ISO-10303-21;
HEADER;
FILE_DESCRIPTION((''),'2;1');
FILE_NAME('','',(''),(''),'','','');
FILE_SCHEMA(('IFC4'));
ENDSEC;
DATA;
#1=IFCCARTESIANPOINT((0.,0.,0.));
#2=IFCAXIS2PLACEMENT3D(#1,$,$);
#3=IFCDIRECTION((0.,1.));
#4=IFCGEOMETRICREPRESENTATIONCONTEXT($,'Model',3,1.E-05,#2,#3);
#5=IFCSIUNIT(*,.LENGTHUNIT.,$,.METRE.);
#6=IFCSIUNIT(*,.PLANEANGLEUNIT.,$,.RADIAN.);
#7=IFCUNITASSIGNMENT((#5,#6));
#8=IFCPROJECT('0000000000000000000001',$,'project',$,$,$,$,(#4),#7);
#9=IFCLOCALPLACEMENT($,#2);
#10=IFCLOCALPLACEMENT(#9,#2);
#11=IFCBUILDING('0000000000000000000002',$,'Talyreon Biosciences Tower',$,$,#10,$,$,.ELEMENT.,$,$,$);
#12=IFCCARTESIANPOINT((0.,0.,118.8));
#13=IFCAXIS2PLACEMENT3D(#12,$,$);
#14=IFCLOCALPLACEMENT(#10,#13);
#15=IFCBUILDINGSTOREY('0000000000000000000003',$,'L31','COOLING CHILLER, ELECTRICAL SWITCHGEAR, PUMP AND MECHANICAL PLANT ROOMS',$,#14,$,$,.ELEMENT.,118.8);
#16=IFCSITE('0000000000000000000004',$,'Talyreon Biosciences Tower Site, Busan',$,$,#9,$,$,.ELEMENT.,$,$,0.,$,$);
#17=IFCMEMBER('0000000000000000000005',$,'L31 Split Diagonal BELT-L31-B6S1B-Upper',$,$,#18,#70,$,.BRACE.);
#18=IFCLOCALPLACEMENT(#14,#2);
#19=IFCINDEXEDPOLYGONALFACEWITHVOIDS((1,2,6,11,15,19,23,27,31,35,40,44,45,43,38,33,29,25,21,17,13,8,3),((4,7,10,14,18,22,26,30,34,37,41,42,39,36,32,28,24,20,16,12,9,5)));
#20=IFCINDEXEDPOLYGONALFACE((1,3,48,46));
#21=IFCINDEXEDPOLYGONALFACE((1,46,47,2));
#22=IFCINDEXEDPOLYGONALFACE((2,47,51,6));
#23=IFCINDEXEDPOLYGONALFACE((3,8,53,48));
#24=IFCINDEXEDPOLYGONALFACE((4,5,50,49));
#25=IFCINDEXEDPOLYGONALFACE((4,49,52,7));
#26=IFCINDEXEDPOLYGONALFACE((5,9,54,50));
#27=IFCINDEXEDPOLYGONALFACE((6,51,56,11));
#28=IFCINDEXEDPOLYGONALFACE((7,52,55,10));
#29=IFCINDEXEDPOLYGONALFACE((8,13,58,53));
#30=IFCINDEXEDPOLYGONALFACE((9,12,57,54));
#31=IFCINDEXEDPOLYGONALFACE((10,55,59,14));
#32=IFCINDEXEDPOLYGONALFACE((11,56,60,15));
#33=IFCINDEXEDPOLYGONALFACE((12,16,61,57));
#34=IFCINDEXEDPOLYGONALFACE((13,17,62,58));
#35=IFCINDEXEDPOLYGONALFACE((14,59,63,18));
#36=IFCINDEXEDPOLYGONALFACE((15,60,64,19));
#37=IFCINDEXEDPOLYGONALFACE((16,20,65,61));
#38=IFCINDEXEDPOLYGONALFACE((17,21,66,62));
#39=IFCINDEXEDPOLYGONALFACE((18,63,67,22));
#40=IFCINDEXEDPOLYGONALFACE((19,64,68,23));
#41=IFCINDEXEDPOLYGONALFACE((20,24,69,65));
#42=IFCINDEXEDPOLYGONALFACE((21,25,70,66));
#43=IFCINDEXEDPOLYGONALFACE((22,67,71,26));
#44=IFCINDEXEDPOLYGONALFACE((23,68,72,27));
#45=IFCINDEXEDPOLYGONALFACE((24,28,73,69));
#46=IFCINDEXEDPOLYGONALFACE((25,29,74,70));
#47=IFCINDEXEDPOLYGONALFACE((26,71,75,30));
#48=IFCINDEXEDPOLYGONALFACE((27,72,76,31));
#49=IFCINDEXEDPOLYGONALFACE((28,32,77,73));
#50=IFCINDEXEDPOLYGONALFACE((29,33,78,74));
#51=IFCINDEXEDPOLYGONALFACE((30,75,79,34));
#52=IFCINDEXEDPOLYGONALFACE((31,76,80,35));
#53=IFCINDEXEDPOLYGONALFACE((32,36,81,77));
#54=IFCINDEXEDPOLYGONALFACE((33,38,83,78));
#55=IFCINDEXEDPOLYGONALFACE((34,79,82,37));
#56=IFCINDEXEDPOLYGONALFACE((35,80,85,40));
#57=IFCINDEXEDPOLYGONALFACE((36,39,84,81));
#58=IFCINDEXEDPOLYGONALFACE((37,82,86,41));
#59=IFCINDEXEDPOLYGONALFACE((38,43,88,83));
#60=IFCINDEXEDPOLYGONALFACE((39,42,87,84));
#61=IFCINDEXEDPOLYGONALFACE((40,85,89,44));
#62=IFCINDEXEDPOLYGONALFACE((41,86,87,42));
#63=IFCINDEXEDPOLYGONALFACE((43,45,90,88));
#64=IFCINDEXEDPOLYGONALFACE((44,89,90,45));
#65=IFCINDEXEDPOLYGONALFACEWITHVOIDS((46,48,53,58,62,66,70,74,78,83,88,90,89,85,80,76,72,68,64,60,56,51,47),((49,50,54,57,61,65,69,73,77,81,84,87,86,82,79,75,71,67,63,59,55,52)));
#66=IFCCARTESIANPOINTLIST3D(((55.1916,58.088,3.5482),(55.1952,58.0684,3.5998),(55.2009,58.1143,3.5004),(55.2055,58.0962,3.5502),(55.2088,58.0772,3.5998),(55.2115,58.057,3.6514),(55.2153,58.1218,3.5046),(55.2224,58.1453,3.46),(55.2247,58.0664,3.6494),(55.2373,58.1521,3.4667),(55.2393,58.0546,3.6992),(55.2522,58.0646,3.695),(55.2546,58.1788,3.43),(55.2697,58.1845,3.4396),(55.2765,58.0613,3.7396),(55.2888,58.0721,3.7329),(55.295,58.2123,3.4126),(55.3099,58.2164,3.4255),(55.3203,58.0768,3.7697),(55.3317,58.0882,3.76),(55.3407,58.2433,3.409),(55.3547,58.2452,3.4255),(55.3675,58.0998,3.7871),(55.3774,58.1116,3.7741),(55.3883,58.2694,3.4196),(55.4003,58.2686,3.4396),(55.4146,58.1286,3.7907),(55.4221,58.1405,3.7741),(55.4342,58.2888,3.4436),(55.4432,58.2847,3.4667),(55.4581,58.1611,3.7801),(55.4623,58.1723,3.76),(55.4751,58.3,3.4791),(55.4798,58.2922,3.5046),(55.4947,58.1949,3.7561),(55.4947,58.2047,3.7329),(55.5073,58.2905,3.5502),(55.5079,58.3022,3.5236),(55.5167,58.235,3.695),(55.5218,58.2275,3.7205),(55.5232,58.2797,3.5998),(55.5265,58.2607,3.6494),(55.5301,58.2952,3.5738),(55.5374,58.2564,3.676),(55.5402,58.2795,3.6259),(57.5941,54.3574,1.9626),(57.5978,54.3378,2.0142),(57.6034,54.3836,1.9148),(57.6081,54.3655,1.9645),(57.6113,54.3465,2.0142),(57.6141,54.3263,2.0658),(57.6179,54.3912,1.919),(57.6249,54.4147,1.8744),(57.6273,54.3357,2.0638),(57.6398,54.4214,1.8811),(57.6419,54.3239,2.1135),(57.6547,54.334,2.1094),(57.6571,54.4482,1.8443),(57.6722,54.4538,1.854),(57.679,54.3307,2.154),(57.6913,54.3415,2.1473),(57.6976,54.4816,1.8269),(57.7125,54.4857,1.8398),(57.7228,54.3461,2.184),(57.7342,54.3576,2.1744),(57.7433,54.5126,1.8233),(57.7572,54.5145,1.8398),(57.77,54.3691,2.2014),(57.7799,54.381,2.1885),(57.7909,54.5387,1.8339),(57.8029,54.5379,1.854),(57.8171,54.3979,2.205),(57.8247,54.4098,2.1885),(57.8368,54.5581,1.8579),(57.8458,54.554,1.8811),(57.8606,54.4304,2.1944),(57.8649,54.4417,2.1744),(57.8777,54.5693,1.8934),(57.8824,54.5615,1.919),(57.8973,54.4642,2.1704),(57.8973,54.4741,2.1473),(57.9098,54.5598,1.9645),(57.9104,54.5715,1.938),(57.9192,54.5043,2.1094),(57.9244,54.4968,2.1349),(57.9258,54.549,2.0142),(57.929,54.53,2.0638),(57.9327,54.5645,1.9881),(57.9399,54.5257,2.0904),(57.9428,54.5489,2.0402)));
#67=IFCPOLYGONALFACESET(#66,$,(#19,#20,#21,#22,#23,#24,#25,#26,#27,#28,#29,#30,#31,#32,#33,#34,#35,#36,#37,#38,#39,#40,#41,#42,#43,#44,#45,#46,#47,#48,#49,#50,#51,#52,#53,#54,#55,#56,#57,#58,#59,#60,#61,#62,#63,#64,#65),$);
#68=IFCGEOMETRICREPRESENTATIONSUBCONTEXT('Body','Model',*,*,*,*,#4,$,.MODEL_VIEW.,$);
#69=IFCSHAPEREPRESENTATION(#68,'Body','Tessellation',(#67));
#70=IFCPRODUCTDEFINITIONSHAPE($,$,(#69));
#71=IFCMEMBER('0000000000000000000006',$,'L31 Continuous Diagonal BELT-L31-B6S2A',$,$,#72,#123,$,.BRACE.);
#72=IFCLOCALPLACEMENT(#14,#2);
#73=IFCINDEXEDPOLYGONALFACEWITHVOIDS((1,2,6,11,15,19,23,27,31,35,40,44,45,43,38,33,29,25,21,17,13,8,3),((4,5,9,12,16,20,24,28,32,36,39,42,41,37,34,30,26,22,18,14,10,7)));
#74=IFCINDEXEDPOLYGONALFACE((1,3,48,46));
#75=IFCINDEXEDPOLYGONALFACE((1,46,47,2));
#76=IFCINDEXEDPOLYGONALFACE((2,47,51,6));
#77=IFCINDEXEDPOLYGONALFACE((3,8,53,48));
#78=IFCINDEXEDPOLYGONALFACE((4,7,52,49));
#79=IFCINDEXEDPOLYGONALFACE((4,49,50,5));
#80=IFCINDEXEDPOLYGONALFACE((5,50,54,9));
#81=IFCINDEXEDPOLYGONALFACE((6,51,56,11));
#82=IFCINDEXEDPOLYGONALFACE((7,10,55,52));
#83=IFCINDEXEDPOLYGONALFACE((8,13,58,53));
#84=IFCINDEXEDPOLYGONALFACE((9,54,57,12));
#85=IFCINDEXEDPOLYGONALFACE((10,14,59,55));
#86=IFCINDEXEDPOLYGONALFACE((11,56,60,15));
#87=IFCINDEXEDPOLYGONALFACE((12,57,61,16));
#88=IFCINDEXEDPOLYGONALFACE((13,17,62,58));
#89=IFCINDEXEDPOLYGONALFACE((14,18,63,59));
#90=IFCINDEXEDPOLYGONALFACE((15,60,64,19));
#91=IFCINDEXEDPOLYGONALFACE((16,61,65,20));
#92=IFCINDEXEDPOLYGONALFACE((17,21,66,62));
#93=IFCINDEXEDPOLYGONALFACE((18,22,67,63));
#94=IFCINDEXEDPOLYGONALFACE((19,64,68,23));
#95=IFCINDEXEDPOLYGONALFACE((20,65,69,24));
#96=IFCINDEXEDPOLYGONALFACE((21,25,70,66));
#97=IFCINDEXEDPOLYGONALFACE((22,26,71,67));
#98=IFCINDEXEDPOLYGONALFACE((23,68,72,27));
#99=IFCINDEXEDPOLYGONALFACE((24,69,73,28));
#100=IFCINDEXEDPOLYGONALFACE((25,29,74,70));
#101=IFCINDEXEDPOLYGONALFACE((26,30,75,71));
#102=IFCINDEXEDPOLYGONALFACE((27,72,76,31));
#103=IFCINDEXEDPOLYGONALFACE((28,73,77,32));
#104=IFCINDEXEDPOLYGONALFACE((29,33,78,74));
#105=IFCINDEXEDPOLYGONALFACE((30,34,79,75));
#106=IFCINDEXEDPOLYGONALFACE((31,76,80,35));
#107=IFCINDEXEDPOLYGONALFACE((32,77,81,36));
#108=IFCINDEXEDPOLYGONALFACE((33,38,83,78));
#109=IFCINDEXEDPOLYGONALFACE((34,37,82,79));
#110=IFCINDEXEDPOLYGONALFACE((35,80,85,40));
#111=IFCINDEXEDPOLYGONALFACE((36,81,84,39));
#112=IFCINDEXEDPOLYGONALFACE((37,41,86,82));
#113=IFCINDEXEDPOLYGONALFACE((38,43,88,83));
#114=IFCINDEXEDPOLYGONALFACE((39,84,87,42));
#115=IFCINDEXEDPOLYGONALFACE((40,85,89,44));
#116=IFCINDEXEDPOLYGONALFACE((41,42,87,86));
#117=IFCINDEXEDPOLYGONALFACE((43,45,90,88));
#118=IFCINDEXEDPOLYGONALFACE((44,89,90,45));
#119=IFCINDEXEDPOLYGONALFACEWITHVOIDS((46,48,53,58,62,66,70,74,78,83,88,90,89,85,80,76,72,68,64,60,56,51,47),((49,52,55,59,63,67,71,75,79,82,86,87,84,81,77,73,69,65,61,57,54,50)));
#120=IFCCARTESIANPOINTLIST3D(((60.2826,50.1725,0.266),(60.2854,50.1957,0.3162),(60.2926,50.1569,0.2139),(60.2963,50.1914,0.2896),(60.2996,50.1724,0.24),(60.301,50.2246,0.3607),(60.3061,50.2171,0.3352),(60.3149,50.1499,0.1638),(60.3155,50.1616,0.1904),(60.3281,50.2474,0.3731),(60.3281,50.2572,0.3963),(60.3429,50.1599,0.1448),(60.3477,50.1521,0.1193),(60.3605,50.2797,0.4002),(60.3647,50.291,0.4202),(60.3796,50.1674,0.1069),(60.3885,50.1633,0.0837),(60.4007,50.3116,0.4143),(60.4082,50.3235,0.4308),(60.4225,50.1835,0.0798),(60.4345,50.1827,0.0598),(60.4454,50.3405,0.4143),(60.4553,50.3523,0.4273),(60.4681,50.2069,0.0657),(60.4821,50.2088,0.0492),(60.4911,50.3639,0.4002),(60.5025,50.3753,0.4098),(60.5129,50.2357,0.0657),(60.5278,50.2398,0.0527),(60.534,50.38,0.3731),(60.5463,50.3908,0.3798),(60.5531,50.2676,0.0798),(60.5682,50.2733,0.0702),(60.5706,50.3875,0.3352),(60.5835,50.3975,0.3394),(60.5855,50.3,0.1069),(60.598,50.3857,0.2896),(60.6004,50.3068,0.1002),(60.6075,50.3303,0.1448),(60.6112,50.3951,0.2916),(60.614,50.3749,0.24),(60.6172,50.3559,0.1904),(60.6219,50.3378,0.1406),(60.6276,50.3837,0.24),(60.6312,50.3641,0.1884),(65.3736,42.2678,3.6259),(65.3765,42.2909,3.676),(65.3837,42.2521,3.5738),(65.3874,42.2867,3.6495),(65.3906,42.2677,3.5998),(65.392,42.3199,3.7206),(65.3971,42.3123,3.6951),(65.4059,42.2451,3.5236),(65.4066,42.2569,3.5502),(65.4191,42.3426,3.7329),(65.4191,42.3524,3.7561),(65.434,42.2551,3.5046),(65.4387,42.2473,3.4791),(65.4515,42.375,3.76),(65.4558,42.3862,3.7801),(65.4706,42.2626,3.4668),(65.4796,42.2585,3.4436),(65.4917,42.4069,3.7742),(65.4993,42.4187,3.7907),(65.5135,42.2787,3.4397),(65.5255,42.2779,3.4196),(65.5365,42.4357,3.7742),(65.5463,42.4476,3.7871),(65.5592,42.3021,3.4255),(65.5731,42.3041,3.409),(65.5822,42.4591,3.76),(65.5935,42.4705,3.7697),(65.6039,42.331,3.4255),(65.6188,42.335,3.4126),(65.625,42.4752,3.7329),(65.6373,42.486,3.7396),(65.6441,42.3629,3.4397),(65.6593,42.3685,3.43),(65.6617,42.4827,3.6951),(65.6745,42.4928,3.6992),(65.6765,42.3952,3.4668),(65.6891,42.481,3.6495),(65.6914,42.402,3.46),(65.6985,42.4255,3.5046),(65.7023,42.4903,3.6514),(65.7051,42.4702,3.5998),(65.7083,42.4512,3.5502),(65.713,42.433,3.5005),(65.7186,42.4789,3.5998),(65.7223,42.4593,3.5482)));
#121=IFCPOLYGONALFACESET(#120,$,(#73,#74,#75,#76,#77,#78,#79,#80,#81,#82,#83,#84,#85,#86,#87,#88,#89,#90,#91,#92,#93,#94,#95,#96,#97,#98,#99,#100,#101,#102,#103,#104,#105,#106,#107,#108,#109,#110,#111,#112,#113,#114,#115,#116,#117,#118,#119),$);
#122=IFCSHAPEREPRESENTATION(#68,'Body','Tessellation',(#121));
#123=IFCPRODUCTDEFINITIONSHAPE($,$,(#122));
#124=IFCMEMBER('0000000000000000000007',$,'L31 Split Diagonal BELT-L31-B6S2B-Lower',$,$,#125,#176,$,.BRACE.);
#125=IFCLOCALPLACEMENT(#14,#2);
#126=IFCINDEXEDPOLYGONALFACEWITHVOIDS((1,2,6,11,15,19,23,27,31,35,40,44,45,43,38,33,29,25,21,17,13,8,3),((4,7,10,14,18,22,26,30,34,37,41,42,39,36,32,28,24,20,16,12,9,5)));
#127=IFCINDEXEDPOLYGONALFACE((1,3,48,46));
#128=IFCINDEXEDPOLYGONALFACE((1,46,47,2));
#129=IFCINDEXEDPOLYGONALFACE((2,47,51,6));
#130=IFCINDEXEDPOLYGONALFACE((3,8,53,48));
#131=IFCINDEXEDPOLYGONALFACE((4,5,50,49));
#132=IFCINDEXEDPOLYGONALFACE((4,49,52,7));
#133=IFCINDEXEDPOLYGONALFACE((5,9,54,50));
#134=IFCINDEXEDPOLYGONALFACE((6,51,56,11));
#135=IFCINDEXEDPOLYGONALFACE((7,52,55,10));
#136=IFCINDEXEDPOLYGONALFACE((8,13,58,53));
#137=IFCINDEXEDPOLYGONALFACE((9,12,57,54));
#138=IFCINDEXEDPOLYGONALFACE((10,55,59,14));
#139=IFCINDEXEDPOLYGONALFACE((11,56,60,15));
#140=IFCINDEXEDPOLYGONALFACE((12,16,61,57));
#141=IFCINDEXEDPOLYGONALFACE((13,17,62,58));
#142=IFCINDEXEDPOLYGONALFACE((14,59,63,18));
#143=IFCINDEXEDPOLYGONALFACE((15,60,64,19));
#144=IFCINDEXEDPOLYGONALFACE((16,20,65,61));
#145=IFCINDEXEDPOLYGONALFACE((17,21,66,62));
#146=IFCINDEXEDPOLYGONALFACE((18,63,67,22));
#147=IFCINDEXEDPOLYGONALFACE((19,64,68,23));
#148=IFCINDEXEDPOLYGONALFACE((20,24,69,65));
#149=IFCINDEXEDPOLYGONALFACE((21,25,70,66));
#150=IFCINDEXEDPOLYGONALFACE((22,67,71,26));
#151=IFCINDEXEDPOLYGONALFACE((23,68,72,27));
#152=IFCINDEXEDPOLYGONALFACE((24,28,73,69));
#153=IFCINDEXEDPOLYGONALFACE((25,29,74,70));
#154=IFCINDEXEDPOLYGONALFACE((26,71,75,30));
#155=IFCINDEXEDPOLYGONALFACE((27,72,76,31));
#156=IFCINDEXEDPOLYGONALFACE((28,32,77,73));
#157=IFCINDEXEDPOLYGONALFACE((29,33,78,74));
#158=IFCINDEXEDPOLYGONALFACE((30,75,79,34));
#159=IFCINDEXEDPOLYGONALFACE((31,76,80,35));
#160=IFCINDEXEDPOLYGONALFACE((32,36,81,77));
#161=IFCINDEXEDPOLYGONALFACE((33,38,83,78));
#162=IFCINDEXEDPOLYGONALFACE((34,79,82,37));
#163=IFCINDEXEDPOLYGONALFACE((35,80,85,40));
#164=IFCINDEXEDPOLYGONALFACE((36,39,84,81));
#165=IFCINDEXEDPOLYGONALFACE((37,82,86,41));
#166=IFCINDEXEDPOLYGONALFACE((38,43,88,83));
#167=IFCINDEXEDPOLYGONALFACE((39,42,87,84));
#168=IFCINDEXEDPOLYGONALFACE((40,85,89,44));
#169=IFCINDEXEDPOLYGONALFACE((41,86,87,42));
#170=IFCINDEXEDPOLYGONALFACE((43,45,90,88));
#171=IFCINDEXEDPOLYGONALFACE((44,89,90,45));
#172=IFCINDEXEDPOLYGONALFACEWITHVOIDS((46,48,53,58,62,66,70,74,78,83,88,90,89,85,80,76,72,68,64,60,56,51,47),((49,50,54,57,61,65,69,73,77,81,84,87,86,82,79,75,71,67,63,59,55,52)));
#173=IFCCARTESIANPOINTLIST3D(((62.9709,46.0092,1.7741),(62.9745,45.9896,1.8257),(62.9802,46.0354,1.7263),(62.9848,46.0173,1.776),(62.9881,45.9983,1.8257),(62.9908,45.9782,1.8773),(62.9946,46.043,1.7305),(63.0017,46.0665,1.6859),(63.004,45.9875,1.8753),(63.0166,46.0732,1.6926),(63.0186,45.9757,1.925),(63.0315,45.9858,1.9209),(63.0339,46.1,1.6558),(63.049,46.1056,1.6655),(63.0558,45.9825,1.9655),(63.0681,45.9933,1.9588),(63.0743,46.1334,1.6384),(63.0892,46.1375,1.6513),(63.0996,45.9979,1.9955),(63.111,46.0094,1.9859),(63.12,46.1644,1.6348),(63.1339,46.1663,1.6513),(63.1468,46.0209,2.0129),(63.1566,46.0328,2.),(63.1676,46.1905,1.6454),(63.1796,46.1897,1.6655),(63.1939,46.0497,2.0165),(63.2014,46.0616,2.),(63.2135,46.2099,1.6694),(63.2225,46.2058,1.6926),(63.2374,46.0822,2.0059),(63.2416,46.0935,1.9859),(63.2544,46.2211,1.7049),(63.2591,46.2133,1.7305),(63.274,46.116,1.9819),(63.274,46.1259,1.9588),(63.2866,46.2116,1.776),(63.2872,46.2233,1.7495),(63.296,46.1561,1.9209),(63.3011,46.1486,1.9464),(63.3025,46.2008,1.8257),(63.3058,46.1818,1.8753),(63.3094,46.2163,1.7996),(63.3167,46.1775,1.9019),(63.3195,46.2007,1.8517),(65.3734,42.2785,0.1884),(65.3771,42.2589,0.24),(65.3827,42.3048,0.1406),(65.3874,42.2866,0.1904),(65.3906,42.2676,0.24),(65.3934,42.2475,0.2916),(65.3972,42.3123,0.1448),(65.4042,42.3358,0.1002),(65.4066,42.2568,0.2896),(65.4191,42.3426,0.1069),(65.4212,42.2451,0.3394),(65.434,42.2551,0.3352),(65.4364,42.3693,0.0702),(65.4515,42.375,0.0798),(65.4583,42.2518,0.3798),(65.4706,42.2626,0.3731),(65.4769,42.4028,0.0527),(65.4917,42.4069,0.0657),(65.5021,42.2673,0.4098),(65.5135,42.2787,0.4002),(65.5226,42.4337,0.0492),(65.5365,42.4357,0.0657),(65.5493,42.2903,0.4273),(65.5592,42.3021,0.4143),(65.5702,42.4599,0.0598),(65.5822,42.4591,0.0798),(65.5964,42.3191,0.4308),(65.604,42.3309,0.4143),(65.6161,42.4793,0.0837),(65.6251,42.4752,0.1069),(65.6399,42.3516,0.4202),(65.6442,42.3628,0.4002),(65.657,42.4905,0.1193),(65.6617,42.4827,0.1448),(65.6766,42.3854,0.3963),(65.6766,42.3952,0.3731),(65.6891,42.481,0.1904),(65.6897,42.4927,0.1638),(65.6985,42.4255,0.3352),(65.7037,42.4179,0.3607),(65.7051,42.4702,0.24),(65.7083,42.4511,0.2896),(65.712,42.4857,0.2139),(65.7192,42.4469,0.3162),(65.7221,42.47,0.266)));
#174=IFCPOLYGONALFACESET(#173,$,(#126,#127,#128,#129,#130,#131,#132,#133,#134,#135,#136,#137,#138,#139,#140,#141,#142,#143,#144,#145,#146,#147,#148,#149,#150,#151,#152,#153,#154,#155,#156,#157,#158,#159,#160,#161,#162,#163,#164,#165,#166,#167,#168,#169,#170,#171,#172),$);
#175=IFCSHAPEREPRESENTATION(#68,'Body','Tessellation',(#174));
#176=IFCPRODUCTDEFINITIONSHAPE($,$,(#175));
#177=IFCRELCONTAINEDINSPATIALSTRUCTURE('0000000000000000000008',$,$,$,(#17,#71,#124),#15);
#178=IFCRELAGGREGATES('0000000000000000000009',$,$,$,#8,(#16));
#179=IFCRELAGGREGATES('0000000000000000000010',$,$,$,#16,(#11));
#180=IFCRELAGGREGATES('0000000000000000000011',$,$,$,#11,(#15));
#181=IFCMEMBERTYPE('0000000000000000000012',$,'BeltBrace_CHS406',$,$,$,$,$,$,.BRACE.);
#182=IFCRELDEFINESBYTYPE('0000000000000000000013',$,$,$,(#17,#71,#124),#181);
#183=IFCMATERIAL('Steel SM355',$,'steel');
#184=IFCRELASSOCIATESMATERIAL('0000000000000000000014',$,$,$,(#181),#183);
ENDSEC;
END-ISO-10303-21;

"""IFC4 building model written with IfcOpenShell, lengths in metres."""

from ifc_helpers import new_model, si_unit, direction, frame, origin, origin_2d, place, context, subcontext, project, spatial, hollow_circle, extrude, material, material_profile, profile_set, type_object, element, save


model = new_model("IFC4")

# Units and contexts
model_context = context("Model", 3, precision=1e-05, world=origin(), true_north=direction((0.0, 1.0)))
body_context = subcontext(model_context, "Body", "Model", "MODEL_VIEW")
ifc_project = project(units=[si_unit("LENGTHUNIT", "METRE"), si_unit("PLANEANGLEUNIT", "RADIAN")], contexts=[model_context])

# Site, building, storey
site_placement = place(None, origin())
site = spatial("IfcSite", under=ifc_project, at=site_placement, Name="Talyreon Biosciences Tower Site, Busan", CompositionType="ELEMENT", RefElevation=0.0)
building_placement = place(site_placement, origin())
building = spatial("IfcBuilding", under=site, at=building_placement, Name="Talyreon Biosciences Tower", CompositionType="ELEMENT")
storey_placement = place(building_placement, frame((0.0, 0.0, 118.8)))
storey = spatial("IfcBuildingStorey", under=building, at=storey_placement, Name="L31", Description="COOLING CHILLER, ELECTRICAL SWITCHGEAR, PUMP AND MECHANICAL PLANT ROOMS", CompositionType="ELEMENT", Elevation=118.8)

# Members
ifc_material_1 = material(Name="Steel SM355", Category="steel")
ifc_material_profile_1 = material_profile(ifc_material_1, hollow_circle(Radius=0.2031, WallThickness=0.0161, at=origin_2d()), Name="CHS 406.4x16")
ifc_profile_set_1 = profile_set([ifc_material_profile_1], Name="Steel SM355")
member_type_1 = type_object("IfcMemberType", Name="BeltBrace_CHS406", PredefinedType="BRACE", material=ifc_profile_set_1)
for number, where, z_axis, x_axis, name in (
    (1, (57.7686, 54.4478, 2.0142), (-0.509863, 0.791709, 0.336506), (-0.84074, -0.541439, 0.0), "L31 Split Diagonal BELT-L31-B6S1B-Upper"),
):
    element("IfcMember", number, at=place(storey_placement, frame(where, z_axis=z_axis, x_axis=x_axis)), inside=storey, type_object=member_type_1, Name=name, PredefinedType="BRACE", context=body_context, shape_type="SweptSolid", body=[
        extrude(hollow_circle(Radius=0.2031, WallThickness=0.0161, at=origin_2d()), origin(), (0.0, 0.0, 1.0), 4.7122),
    ])
member_1_placement = place(storey_placement, frame((60.4568, 50.2737, 0.24), z_axis=(0.509889, -0.791694, 0.336503), x_axis=(0.840723, 0.541466, 0.0)))
element("IfcMember", 2, at=member_1_placement, inside=storey, type_object=member_type_1, Name="L31 Continuous Diagonal BELT-L31-B6S2A", PredefinedType="BRACE", context=body_context, shape_type="SweptSolid", body=[
    extrude(hollow_circle(Radius=0.2031, WallThickness=0.0161, at=origin_2d()), origin(), (0.0, 0.0, 1.0), 9.9846),
])
member_2_placement = place(storey_placement, frame((65.5479, 42.3689, 0.24), z_axis=(-0.509863, 0.791709, 0.336506), x_axis=(-0.84074, -0.541439, 0.0)))
element("IfcMember", 3, at=member_2_placement, inside=storey, type_object=member_type_1, Name="L31 Split Diagonal BELT-L31-B6S2B-Lower", PredefinedType="BRACE", context=body_context, shape_type="SweptSolid", body=[
    extrude(hollow_circle(Radius=0.2031, WallThickness=0.0161, at=origin_2d()), origin(), (0.0, 0.0, 1.0), 4.7122),
])

save(model, "model.ifc")
